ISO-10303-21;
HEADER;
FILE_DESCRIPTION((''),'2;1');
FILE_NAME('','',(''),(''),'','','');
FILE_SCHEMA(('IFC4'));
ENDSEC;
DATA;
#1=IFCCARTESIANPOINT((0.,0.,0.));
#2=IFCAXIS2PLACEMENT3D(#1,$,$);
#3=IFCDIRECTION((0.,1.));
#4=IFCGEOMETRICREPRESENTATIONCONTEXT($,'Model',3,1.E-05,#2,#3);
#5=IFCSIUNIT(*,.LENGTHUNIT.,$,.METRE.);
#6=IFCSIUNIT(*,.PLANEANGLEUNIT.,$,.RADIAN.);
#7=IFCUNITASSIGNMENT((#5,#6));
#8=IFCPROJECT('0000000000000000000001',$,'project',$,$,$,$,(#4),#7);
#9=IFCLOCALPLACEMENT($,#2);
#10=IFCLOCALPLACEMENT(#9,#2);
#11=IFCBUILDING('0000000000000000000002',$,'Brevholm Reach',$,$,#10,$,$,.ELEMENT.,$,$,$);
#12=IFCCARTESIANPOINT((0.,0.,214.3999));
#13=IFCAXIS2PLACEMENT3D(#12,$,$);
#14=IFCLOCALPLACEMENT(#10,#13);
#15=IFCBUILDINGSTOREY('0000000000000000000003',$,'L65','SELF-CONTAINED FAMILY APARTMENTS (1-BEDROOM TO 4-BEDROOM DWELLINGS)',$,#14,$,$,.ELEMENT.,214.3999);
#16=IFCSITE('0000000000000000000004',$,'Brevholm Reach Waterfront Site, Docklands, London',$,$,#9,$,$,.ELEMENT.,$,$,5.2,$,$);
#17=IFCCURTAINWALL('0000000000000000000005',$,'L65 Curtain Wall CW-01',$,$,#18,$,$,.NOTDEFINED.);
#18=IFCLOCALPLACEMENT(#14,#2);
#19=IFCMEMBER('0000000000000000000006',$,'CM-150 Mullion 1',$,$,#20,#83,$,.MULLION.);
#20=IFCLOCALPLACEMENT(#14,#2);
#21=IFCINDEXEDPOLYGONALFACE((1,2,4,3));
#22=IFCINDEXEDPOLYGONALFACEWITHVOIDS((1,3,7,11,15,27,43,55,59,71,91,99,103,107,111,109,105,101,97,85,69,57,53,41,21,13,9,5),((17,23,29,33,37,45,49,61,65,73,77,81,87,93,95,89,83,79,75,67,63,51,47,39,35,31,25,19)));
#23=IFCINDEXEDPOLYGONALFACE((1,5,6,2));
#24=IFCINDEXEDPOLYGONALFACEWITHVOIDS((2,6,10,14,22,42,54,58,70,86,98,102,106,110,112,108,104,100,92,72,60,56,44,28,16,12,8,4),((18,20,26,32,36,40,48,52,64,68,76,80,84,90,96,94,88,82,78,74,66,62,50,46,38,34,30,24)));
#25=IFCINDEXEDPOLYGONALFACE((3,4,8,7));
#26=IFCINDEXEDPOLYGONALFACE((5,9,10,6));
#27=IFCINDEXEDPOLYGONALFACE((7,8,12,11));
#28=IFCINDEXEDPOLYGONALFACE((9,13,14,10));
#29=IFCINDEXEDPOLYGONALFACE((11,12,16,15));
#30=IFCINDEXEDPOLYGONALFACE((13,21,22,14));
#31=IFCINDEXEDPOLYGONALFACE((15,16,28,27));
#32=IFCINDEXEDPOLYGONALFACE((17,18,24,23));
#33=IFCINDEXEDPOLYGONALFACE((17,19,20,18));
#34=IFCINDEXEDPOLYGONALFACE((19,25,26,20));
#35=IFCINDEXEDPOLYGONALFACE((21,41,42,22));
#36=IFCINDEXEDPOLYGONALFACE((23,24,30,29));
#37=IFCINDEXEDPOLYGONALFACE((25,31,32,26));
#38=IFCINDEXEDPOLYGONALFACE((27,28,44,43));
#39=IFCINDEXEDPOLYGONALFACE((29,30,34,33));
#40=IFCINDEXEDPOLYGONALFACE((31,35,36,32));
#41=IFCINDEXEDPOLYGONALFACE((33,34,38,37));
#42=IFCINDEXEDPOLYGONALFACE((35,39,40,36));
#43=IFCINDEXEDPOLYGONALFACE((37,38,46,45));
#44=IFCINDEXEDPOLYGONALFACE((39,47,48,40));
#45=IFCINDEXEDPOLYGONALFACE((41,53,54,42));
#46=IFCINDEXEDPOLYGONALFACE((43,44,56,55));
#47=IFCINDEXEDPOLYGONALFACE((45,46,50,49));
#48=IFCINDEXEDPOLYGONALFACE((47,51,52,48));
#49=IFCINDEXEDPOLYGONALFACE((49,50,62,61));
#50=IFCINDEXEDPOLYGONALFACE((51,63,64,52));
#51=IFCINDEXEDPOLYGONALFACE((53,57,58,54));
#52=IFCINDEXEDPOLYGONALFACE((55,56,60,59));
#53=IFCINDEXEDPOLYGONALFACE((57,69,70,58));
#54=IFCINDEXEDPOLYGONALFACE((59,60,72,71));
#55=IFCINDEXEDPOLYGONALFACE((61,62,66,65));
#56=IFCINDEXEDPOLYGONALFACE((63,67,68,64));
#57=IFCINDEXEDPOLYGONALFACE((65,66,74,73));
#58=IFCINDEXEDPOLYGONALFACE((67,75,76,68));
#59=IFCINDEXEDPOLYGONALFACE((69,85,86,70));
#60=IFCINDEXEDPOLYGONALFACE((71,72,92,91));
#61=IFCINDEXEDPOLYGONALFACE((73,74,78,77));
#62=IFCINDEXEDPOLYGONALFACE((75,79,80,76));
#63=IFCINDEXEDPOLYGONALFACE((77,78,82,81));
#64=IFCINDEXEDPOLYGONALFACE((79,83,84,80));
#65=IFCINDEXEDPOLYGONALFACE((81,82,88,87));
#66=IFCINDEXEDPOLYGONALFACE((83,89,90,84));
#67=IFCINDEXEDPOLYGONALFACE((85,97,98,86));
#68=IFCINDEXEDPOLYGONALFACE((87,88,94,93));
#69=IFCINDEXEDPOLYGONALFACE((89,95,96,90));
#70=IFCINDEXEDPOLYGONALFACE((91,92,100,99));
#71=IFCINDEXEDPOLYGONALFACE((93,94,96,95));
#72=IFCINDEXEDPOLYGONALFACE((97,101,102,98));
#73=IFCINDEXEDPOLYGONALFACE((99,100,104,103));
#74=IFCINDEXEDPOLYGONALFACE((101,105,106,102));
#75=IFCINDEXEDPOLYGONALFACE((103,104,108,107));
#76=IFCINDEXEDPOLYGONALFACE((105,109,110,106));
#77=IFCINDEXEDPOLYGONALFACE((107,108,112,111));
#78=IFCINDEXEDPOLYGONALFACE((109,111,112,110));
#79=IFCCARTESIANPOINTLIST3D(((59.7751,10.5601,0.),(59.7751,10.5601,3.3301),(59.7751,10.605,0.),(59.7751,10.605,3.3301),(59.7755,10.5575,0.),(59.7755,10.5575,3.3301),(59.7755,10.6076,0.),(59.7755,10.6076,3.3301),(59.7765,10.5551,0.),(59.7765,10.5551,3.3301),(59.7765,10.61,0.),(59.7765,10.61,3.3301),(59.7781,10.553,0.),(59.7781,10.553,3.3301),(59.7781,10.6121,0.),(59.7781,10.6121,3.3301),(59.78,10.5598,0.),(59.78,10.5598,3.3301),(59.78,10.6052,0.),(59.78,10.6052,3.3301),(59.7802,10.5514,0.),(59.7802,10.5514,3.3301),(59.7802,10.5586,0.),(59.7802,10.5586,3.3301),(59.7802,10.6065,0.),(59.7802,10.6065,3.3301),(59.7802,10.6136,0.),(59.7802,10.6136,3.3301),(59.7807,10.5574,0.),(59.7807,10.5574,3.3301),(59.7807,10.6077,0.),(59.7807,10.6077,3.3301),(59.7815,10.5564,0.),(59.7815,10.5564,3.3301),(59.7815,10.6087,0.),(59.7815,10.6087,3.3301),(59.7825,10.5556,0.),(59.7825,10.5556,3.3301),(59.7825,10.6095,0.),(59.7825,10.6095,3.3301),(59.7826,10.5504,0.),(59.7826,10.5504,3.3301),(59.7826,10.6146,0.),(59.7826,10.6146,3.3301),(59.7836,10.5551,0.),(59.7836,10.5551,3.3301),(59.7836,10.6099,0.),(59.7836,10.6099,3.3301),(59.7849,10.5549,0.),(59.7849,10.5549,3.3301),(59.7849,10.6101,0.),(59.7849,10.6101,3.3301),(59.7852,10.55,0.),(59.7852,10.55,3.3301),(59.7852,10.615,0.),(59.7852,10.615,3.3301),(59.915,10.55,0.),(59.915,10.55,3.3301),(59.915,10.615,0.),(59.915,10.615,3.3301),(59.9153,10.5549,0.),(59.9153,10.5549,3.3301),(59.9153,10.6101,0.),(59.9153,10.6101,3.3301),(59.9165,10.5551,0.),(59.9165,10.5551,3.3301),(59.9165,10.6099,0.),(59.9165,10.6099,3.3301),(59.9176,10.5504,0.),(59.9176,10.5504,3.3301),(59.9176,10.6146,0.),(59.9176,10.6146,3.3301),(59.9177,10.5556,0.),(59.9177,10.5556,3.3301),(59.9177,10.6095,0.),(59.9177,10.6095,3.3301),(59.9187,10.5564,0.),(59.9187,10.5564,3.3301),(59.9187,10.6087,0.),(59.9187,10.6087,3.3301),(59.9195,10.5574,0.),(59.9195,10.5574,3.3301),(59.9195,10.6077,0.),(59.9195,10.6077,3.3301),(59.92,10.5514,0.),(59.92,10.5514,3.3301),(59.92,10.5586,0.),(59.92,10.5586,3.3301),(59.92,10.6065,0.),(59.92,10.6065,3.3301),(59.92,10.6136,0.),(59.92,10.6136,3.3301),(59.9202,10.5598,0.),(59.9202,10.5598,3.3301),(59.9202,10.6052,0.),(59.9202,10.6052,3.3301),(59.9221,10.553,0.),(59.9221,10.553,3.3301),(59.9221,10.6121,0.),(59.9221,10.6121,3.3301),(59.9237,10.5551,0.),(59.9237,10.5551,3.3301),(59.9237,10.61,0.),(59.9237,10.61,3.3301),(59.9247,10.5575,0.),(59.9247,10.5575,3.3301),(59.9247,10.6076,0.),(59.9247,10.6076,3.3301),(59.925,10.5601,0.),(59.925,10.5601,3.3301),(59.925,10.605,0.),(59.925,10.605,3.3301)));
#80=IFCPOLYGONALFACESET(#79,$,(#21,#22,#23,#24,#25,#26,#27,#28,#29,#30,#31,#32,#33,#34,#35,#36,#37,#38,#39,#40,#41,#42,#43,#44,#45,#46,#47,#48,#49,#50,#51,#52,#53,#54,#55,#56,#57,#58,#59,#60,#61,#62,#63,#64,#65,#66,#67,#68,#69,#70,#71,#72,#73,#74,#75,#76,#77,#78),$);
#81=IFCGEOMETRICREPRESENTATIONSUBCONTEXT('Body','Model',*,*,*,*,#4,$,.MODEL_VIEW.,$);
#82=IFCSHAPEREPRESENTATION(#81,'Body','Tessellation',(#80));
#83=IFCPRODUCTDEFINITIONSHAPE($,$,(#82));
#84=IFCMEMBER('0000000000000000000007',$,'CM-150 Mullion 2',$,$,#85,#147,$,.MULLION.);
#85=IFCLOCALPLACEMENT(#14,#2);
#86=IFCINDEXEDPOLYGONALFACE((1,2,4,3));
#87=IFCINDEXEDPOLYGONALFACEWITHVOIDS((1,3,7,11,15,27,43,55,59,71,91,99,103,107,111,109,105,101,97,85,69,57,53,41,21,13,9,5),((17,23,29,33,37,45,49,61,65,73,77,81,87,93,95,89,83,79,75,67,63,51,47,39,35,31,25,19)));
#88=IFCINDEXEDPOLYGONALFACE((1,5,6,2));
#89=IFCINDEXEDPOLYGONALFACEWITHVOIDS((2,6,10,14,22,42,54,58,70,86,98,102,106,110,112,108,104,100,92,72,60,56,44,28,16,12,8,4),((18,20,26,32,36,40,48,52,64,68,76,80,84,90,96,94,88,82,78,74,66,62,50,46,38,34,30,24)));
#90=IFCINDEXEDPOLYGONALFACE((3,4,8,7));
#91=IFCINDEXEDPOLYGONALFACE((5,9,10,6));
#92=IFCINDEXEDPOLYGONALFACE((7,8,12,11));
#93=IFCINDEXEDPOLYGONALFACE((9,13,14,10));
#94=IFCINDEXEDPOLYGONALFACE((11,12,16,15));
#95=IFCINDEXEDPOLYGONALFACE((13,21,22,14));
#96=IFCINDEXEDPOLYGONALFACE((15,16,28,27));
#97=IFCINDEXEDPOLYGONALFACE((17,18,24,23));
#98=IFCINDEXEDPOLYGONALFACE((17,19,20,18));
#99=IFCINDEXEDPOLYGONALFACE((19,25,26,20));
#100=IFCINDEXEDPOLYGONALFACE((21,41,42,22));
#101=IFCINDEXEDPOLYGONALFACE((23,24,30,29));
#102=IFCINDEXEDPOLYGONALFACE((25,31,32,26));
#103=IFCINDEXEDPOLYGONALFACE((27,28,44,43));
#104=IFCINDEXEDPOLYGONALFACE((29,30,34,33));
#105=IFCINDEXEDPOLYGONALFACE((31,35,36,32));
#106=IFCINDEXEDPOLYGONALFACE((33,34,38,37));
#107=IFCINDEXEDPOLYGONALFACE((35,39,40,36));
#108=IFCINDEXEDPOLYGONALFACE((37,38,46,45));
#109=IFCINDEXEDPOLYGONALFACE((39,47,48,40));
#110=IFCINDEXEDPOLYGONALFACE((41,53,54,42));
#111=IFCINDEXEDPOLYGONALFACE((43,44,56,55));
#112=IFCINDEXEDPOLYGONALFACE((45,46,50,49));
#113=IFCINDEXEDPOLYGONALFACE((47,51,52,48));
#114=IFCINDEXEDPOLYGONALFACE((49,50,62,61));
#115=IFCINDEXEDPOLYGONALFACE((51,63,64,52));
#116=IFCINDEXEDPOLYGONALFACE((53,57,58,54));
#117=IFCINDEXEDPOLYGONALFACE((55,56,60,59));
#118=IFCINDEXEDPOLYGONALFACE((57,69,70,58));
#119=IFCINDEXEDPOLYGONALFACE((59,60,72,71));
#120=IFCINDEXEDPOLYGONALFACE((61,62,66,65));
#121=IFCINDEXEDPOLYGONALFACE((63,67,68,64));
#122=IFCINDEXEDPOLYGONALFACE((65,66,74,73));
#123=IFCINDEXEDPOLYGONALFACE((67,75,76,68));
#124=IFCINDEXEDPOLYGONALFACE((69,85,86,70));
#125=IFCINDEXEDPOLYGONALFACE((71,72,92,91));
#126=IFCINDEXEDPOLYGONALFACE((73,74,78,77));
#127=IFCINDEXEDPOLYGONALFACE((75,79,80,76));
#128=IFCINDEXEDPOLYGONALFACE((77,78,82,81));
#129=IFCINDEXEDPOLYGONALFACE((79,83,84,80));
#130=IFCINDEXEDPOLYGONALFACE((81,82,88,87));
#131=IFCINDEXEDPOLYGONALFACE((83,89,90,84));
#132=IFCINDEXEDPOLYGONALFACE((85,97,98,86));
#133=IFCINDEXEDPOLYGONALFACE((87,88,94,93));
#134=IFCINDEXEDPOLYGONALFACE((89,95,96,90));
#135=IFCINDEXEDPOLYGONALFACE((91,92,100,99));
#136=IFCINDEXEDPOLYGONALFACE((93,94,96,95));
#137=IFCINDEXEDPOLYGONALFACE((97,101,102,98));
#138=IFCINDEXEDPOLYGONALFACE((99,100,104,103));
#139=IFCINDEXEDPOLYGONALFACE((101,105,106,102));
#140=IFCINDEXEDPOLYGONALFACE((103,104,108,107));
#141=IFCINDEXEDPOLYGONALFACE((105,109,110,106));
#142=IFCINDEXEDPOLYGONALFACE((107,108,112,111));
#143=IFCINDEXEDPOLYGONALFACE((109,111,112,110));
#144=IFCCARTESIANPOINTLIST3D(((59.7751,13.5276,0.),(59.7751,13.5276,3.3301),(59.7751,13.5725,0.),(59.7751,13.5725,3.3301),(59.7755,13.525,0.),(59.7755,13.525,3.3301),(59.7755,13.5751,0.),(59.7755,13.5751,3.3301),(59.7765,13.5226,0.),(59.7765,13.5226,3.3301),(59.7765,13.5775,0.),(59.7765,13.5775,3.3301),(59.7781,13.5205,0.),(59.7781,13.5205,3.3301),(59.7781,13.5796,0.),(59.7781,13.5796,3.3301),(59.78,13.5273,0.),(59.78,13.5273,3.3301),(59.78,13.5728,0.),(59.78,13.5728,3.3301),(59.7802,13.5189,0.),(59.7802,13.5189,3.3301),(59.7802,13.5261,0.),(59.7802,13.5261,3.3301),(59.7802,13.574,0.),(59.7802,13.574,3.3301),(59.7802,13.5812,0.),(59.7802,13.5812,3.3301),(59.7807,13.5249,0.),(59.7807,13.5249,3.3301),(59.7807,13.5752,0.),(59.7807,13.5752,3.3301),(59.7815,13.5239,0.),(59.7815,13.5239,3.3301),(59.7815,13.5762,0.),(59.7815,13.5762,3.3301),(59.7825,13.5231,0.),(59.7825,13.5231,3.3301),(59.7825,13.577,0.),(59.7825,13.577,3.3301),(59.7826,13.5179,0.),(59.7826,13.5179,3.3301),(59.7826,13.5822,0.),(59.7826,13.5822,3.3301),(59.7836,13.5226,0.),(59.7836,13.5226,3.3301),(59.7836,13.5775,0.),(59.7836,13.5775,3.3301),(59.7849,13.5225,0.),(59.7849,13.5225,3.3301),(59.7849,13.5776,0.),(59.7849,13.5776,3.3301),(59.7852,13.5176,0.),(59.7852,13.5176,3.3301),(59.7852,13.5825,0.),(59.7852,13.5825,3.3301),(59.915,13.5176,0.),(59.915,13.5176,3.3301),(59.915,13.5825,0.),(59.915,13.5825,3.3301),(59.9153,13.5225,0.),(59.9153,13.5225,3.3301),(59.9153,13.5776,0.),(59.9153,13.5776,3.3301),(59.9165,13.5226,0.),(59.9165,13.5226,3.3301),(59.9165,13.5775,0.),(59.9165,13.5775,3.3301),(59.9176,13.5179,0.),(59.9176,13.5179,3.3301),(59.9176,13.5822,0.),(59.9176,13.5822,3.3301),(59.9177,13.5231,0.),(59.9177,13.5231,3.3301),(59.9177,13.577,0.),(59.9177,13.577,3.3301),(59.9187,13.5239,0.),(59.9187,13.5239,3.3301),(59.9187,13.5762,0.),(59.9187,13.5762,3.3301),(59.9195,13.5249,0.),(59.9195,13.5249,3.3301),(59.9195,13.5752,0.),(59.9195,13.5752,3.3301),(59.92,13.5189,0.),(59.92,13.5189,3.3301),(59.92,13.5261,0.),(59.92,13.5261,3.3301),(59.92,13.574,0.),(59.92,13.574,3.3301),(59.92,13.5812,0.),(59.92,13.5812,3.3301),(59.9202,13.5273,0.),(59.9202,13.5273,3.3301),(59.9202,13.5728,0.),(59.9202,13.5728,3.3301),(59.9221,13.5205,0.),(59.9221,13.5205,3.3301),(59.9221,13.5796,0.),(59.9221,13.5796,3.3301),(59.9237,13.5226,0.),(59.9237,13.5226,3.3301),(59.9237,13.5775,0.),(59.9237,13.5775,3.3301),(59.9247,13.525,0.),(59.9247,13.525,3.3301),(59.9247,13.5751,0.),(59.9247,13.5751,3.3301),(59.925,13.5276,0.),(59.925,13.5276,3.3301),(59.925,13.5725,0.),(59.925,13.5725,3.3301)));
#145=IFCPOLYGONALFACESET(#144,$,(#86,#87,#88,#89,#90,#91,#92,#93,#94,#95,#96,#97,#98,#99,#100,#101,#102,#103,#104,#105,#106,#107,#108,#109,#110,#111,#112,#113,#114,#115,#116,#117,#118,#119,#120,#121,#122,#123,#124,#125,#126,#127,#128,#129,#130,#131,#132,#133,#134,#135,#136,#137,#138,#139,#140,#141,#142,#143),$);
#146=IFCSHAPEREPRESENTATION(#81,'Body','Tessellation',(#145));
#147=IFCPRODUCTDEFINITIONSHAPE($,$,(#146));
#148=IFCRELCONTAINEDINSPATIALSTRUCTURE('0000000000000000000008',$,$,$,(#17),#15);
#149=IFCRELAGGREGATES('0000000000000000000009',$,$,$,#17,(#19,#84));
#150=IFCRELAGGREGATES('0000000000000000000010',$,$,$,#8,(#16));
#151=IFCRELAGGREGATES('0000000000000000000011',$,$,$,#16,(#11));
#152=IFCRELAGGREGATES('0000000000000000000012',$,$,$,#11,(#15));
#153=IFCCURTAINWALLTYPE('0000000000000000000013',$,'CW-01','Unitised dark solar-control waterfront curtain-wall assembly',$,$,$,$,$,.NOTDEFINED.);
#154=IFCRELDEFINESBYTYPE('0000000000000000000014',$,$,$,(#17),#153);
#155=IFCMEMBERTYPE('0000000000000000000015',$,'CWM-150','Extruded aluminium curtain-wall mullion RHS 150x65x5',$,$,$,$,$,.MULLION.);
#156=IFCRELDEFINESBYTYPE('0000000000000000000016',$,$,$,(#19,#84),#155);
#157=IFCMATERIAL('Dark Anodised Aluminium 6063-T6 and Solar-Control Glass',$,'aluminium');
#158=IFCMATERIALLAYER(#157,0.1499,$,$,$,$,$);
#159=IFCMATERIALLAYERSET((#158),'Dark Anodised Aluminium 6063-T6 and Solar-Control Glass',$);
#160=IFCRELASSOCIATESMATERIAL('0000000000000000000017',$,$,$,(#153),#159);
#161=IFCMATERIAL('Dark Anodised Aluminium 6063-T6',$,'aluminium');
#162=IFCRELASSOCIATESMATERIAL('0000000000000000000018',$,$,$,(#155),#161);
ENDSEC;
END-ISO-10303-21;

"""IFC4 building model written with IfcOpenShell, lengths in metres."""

from ifc_helpers import new_model, si_unit, direction, frame, origin, origin_2d, place, context, subcontext, project, spatial, hollow_rectangle, extrude, material, layer, layer_set, material_profile, profile_set, type_object, element, aggregate, save


model = new_model("IFC4")

# Units and contexts
model_context = context("Model", 3, precision=1e-05, world=origin(), true_north=direction((0.0, 1.0)))
body_context = subcontext(model_context, "Body", "Model", "MODEL_VIEW")
ifc_project = project(units=[si_unit("LENGTHUNIT", "METRE"), si_unit("PLANEANGLEUNIT", "RADIAN")], contexts=[model_context])

# Site, building, storey
site_placement = place(None, origin())
site = spatial("IfcSite", under=ifc_project, at=site_placement, Name="Brevholm Reach Waterfront Site, Docklands, London", CompositionType="ELEMENT", RefElevation=5.2)
building_placement = place(site_placement, origin())
building = spatial("IfcBuilding", under=site, at=building_placement, Name="Brevholm Reach", CompositionType="ELEMENT")
storey_placement = place(building_placement, frame((0.0, 0.0, 214.3999)))
storey = spatial("IfcBuildingStorey", under=building, at=storey_placement, Name="L65", Description="SELF-CONTAINED FAMILY APARTMENTS (1-BEDROOM TO 4-BEDROOM DWELLINGS)", CompositionType="ELEMENT", Elevation=214.3999)

# Curtain wall, members
ifc_material_1 = material(Name="Dark Anodised Aluminium 6063-T6 and Solar-Control Glass", Category="aluminium")
ifc_layer_1 = layer(ifc_material_1, 0.1499)
ifc_layer_set_1 = layer_set([ifc_layer_1], Name="Dark Anodised Aluminium 6063-T6 and Solar-Control Glass")
curtain_wall_type = type_object("IfcCurtainWallType", Name="CW-01", Description="Unitised dark solar-control waterfront curtain-wall assembly", PredefinedType="NOTDEFINED", material=ifc_layer_set_1)
curtain_wall_placement = place(storey_placement, origin())
curtain_wall = element("IfcCurtainWall", 1, at=curtain_wall_placement, inside=storey, type_object=curtain_wall_type, Name="L65 Curtain Wall CW-01", PredefinedType="NOTDEFINED")
ifc_material_2 = material(Name="Dark Anodised Aluminium 6063-T6", Category="aluminium")
ifc_material_profile_1 = material_profile(ifc_material_2, hollow_rectangle(XDim=0.0649, YDim=0.1499, WallThickness=0.0049, InnerFilletRadius=0.0049, OuterFilletRadius=0.01, at=origin_2d()), Name="RHS 150x65x5")
ifc_profile_set_1 = profile_set([ifc_material_profile_1], Name="Dark Anodised Aluminium 6063-T6")
member_type_1 = type_object("IfcMemberType", Name="CWM-150", Description="Extruded aluminium curtain-wall mullion RHS 150x65x5", PredefinedType="MULLION", material=ifc_profile_set_1)
member_1_placement = place(storey_placement, frame((59.8501, 10.5825, 0.0), z_axis=(0.0, 0.0, 1.0), x_axis=(0.0, 1.0, 0.0)))
member_1 = element("IfcMember", 2, at=member_1_placement, type_object=member_type_1, Name="CM-150 Mullion 1", PredefinedType="MULLION", context=body_context, shape_type="SweptSolid", body=[
    extrude(hollow_rectangle(XDim=0.0649, YDim=0.1499, WallThickness=0.0049, InnerFilletRadius=0.0049, OuterFilletRadius=0.01, at=origin_2d()), origin(), (0.0, 0.0, 1.0), 3.3301),
])
member_2_placement = place(storey_placement, frame((59.8501, 13.55, 0.0), z_axis=(0.0, 0.0, 1.0), x_axis=(0.0, 1.0, 0.0)))
member_2 = element("IfcMember", 3, at=member_2_placement, type_object=member_type_1, Name="CM-150 Mullion 2", PredefinedType="MULLION", context=body_context, shape_type="SweptSolid", body=[
    extrude(hollow_rectangle(XDim=0.0649, YDim=0.1499, WallThickness=0.0049, InnerFilletRadius=0.0049, OuterFilletRadius=0.01, at=origin_2d()), origin(), (0.0, 0.0, 1.0), 3.3301),
])
aggregate(curtain_wall, [member_1, member_2])

save(model, "model.ifc")
